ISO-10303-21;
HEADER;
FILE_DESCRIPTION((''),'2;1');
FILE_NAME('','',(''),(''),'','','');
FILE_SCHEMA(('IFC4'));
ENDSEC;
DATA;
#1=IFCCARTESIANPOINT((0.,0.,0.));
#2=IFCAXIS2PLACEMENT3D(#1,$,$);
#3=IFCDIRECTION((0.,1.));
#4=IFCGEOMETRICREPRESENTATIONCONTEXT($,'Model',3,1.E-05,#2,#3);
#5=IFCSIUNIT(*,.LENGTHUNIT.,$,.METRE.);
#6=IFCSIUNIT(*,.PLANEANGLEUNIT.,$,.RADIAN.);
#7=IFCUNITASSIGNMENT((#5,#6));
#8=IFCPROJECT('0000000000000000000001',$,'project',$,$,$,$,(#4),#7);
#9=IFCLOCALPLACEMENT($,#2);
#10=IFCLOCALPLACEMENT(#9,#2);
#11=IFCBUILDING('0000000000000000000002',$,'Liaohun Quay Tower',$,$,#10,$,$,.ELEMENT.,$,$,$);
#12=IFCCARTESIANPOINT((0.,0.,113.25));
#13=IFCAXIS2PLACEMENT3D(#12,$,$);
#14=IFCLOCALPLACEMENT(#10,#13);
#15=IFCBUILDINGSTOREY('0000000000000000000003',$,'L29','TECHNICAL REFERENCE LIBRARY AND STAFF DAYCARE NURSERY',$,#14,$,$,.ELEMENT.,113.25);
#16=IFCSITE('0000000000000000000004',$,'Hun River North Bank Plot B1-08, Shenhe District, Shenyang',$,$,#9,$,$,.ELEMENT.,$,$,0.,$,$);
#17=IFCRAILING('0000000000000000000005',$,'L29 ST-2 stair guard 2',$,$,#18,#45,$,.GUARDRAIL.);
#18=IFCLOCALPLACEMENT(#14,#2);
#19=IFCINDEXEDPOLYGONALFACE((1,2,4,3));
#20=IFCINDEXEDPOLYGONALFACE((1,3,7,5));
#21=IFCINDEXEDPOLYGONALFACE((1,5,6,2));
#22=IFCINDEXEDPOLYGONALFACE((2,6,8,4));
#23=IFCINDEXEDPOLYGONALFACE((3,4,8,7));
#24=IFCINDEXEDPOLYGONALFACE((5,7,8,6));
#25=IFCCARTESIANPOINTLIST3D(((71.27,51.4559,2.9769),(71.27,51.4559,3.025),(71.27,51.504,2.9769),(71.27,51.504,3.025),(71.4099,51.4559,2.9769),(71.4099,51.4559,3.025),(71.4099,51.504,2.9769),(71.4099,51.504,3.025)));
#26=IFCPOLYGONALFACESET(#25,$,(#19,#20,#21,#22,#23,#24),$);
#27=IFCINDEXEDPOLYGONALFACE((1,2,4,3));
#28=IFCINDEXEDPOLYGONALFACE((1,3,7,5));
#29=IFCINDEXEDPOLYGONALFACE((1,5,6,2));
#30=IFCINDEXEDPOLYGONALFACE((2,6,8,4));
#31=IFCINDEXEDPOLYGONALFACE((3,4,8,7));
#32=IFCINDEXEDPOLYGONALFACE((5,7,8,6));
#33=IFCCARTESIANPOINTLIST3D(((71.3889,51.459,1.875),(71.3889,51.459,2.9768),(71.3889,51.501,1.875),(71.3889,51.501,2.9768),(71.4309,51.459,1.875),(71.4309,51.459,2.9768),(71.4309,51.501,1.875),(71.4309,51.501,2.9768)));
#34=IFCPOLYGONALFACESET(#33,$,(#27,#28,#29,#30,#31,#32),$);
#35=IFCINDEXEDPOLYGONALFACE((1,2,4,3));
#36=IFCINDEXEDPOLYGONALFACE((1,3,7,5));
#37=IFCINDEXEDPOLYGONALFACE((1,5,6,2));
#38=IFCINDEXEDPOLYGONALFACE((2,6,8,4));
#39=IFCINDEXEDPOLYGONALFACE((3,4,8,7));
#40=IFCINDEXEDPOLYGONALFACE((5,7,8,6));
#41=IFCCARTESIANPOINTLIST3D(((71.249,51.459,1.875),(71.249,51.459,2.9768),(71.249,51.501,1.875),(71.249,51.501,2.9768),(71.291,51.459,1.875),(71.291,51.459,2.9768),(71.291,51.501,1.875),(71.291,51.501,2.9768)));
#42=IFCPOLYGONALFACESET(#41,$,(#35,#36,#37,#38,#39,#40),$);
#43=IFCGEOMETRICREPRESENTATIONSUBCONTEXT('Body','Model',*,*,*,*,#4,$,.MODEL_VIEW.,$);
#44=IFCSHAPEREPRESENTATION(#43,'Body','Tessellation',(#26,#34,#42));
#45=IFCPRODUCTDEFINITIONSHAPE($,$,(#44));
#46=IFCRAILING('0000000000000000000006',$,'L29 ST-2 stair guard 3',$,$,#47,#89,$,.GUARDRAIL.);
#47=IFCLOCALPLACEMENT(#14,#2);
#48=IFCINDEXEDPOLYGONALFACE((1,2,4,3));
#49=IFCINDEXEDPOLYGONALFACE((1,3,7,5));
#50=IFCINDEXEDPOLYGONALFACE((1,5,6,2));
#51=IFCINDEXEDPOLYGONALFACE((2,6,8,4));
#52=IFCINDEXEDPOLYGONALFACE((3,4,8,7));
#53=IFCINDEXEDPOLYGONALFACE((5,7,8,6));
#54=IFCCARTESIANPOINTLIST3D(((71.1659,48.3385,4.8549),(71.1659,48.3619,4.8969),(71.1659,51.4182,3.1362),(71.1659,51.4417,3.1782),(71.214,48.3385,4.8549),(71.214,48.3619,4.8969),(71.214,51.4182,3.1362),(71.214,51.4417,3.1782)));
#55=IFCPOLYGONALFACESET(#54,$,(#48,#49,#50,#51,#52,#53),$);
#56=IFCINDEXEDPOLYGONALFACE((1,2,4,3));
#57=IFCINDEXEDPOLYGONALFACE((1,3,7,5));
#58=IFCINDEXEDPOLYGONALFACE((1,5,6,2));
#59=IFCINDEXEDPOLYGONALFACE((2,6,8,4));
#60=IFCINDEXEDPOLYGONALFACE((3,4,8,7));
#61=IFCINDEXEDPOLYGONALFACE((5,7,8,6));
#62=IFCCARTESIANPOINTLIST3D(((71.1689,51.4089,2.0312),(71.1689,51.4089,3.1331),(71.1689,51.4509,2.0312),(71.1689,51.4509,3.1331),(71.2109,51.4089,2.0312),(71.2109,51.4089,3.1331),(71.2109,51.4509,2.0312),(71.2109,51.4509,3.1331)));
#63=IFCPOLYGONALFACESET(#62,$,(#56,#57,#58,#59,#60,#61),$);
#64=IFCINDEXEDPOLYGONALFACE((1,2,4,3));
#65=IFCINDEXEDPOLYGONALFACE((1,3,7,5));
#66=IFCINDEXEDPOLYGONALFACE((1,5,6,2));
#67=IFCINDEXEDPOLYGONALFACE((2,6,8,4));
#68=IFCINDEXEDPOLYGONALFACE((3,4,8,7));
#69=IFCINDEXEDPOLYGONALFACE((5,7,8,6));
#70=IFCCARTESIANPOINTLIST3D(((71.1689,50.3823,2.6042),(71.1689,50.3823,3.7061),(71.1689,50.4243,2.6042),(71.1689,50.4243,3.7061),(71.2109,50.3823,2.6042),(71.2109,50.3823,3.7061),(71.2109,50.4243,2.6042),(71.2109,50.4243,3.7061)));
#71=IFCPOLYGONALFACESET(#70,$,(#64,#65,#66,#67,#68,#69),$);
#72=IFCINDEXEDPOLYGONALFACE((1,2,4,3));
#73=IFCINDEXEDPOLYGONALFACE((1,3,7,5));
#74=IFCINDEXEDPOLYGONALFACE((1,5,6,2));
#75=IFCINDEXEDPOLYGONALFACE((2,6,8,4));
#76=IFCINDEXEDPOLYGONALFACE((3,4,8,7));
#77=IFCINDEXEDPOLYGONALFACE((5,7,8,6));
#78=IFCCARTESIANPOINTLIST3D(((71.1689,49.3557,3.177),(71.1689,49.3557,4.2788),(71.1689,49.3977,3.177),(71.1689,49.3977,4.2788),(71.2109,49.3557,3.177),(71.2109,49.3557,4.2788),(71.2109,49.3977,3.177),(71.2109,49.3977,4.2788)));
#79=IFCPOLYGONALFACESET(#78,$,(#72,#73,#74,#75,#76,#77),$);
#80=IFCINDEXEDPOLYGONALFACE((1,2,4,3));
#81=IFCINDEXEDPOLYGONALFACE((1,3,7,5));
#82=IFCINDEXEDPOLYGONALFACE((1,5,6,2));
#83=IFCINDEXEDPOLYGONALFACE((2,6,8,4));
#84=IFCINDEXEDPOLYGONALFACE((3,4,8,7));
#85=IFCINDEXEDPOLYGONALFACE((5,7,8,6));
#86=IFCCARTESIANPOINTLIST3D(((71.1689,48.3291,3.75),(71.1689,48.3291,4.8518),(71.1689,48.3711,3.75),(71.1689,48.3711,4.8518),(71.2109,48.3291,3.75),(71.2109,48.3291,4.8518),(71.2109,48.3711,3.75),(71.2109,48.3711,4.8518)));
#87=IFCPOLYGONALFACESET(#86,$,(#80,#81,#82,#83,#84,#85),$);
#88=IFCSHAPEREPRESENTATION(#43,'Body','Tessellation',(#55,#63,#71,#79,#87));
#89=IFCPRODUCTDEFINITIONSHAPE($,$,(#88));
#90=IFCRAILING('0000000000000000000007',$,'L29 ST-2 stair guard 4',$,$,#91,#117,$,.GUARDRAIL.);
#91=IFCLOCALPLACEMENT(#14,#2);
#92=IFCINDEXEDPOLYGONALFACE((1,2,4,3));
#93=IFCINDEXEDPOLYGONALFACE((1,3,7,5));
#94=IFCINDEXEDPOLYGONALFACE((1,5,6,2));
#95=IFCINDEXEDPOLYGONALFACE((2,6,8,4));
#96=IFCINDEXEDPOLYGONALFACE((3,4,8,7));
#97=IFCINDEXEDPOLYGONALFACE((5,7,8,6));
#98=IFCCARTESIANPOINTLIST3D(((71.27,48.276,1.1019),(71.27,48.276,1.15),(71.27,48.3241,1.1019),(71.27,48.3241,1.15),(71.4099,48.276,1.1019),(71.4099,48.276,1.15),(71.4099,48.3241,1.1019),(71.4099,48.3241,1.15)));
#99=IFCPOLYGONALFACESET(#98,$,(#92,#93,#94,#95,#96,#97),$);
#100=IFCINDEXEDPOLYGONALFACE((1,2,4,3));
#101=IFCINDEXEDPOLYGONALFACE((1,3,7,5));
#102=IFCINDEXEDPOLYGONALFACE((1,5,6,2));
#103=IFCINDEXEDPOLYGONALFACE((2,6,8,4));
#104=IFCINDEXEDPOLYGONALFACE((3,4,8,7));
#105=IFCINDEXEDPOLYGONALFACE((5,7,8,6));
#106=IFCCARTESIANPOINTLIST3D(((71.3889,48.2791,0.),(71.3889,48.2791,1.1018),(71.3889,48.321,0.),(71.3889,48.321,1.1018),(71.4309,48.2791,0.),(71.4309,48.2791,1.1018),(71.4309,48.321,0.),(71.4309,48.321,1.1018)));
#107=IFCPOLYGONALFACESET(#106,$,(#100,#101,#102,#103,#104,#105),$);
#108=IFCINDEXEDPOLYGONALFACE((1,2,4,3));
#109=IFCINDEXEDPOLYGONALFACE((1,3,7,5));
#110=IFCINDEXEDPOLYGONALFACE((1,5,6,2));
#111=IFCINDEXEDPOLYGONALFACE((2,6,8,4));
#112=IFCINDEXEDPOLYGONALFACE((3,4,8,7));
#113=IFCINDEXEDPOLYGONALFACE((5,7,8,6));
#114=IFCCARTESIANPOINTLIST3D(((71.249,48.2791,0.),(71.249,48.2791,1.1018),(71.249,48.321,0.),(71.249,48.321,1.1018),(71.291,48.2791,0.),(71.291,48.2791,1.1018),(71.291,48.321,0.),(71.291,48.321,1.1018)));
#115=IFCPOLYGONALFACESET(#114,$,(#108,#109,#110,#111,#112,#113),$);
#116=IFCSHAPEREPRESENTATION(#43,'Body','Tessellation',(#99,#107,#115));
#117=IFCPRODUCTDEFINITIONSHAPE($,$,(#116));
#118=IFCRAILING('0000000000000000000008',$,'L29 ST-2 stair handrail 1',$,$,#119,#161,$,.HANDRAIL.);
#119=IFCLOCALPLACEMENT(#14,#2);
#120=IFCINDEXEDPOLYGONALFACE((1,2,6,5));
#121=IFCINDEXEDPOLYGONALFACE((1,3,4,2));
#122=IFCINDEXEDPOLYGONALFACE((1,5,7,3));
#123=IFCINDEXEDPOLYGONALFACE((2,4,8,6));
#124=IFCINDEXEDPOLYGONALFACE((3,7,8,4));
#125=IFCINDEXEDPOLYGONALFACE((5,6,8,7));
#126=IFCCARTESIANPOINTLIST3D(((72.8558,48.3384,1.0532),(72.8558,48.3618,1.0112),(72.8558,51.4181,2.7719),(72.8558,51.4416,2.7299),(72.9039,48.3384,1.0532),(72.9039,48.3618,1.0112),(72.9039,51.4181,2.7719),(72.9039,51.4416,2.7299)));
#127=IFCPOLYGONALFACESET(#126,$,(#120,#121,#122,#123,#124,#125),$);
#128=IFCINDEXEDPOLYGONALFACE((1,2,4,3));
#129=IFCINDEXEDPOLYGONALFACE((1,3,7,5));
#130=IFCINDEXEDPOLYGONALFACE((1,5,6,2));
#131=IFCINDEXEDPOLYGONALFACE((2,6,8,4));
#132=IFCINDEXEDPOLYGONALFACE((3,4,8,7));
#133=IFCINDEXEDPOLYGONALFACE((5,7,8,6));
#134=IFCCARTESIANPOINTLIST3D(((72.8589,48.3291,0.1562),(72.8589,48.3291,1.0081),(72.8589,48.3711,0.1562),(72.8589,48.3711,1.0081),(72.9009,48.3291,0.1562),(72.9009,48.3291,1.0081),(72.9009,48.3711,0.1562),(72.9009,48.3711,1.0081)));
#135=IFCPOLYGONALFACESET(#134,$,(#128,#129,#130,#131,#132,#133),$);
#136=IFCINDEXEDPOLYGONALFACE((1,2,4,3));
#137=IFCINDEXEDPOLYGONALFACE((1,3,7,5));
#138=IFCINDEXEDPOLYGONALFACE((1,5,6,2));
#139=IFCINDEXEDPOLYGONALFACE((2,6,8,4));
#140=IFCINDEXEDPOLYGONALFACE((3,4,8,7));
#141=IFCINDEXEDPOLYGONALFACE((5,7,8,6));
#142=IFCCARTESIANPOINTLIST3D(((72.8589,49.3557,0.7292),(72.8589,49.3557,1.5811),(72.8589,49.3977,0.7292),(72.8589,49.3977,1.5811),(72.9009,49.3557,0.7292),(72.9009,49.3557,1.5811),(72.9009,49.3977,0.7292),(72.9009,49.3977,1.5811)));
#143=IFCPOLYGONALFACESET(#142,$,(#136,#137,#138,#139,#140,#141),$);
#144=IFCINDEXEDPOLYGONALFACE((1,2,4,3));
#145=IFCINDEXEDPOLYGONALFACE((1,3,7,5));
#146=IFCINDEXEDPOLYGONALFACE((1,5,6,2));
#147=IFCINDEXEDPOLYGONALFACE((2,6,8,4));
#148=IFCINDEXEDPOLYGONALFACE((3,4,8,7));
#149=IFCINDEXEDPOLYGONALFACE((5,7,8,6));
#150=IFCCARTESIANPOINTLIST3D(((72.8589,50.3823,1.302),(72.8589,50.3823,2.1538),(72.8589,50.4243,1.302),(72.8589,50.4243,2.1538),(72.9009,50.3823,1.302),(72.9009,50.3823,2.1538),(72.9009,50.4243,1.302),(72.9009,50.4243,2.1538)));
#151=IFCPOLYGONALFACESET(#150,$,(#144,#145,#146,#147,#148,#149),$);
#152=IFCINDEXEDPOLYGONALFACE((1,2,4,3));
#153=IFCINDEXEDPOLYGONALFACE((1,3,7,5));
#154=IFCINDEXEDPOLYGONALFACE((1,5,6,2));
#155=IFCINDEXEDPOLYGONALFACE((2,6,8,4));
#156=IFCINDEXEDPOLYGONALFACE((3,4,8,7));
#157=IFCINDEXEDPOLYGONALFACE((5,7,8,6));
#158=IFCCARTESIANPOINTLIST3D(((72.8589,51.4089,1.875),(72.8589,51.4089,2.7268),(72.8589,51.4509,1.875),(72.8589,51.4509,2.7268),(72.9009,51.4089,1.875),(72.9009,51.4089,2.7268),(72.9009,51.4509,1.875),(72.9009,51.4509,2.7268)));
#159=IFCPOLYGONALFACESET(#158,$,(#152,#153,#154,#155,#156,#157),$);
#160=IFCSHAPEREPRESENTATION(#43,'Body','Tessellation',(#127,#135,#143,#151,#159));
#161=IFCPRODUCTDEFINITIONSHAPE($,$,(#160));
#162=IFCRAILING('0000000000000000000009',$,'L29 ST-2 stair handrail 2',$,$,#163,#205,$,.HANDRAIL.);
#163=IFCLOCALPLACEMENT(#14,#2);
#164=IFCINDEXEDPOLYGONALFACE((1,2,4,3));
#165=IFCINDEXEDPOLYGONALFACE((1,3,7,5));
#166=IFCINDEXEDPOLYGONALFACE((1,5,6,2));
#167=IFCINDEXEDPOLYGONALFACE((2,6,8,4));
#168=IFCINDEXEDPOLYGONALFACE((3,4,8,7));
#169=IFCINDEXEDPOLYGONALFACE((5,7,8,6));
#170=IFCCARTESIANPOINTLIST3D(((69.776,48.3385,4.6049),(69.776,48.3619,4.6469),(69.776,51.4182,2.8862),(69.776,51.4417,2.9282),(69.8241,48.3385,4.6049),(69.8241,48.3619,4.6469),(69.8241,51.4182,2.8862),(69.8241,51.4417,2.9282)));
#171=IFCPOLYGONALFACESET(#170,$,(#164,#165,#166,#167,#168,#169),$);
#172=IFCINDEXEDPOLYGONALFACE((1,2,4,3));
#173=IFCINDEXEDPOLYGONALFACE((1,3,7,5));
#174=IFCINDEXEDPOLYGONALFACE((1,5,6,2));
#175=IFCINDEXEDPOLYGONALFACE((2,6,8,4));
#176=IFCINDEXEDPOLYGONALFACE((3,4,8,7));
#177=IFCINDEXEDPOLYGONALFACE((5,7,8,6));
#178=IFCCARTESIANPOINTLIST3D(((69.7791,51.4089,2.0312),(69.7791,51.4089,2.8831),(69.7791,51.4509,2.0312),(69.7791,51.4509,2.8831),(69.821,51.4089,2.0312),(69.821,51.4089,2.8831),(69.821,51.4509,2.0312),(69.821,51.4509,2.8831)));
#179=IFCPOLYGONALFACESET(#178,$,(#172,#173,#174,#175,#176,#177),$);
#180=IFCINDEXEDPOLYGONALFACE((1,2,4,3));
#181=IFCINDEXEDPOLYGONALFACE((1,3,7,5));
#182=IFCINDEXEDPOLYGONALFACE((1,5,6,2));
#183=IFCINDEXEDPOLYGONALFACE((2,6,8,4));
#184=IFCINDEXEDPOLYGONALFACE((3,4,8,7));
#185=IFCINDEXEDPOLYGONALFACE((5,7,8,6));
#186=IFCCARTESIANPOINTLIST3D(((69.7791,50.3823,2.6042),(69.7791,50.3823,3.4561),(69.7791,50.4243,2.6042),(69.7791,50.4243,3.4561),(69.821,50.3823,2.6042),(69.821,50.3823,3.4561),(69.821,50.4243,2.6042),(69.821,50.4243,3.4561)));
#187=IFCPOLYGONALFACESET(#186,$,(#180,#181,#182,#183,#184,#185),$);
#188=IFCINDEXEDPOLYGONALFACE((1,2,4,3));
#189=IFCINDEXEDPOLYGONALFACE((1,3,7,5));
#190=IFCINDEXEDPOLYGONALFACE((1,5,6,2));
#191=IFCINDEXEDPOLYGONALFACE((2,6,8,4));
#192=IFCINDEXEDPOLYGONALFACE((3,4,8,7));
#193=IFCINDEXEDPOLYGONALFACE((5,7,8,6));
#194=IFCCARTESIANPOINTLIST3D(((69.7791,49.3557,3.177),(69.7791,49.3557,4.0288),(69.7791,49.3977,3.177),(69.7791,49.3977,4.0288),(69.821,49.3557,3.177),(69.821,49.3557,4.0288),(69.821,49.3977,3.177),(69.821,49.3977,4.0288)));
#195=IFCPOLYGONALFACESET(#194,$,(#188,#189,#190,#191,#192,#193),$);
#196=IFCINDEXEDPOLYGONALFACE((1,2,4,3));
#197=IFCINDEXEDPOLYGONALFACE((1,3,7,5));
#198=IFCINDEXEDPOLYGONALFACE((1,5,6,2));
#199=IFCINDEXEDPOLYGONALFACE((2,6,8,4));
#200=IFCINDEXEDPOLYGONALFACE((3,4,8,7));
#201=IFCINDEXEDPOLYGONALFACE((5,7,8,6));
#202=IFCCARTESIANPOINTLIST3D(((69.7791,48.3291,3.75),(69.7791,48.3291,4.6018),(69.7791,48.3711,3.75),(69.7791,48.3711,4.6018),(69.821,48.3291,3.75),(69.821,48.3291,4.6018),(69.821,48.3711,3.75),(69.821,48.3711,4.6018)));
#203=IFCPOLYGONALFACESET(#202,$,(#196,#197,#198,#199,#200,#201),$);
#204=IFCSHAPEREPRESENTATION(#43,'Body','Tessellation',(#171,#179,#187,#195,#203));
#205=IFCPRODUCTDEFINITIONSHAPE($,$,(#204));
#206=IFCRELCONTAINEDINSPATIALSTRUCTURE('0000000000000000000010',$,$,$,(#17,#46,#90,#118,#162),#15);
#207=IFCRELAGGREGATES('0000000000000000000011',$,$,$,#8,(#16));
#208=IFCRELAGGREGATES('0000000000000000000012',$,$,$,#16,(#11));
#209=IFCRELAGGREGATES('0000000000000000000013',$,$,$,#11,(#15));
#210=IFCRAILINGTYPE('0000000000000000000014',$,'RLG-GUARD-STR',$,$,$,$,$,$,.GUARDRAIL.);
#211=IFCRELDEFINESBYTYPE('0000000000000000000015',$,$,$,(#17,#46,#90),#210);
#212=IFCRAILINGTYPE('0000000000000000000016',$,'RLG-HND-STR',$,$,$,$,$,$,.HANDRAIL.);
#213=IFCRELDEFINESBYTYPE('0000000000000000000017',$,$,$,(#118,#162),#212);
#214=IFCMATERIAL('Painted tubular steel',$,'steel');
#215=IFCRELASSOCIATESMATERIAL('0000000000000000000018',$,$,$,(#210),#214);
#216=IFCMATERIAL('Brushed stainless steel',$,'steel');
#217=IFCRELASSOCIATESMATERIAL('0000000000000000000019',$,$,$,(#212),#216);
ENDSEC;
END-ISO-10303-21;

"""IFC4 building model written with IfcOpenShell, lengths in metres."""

from ifc_helpers import new_model, si_unit, direction, frame, origin, origin_2d, place, context, subcontext, project, spatial, rectangle, extrude, material, type_object, element, save


model = new_model("IFC4")

# Units and contexts
model_context = context("Model", 3, precision=1e-05, world=origin(), true_north=direction((0.0, 1.0)))
body_context = subcontext(model_context, "Body", "Model", "MODEL_VIEW")
ifc_project = project(units=[si_unit("LENGTHUNIT", "METRE"), si_unit("PLANEANGLEUNIT", "RADIAN")], contexts=[model_context])

# Site, building, storey
site_placement = place(None, origin())
site = spatial("IfcSite", under=ifc_project, at=site_placement, Name="Hun River North Bank Plot B1-08, Shenhe District, Shenyang", CompositionType="ELEMENT", RefElevation=0.0)
building_placement = place(site_placement, origin())
building = spatial("IfcBuilding", under=site, at=building_placement, Name="Liaohun Quay Tower", CompositionType="ELEMENT")
storey_placement = place(building_placement, frame((0.0, 0.0, 113.25)))
storey = spatial("IfcBuildingStorey", under=building, at=storey_placement, Name="L29", Description="TECHNICAL REFERENCE LIBRARY AND STAFF DAYCARE NURSERY", CompositionType="ELEMENT", Elevation=113.25)

# Railings
ifc_material_1 = material(Name="Painted tubular steel", Category="steel")
railing_type_1 = type_object("IfcRailingType", Name="RLG-GUARD-STR", PredefinedType="GUARDRAIL", material=ifc_material_1)
railing_1_placement = place(storey_placement, frame((71.4099, 51.48, 1.875)))
element("IfcRailing", 1, at=railing_1_placement, inside=storey, type_object=railing_type_1, Name="L29 ST-2 stair guard 2", PredefinedType="GUARDRAIL", context=body_context, shape_type="SweptSolid", body=[
    extrude(rectangle(XDim=0.0481, YDim=0.0481, at=origin_2d()), frame((0.0, 0.0, 1.126), z_axis=(-1.0, 0.0, 0.0), x_axis=(0.0, -1.0, 0.0)), (0.0, 0.0, 1.0), 0.1399),
    extrude(rectangle(XDim=0.042, YDim=0.042, at=origin_2d()), origin(), (0.0, 0.0, 1.0), 1.1018),
    extrude(rectangle(XDim=0.042, YDim=0.042, at=origin_2d()), frame((-0.1399, 0.0, 0.0)), (0.0, 0.0, 1.0), 1.1018),
])
railing_2_placement = place(storey_placement, frame((71.1899, 51.4299, 2.0312)))
element("IfcRailing", 2, at=railing_2_placement, inside=storey, type_object=railing_type_1, Name="L29 ST-2 stair guard 3", PredefinedType="GUARDRAIL", context=body_context, shape_type="SweptSolid", body=[
    extrude(rectangle(XDim=0.0481, YDim=0.0481, at=origin_2d()), frame((0.0, 0.0, 1.126), z_axis=(0.0, -0.873225, 0.487317), x_axis=(1.0, 0.0, 0.0)), (0.0, 0.0, 1.0), 3.5269),
    extrude(rectangle(XDim=0.042, YDim=0.042, at=origin_2d()), origin(), (0.0, 0.0, 1.0), 1.1018),
    extrude(rectangle(XDim=0.042, YDim=0.042, at=origin_2d()), frame((0.0, -1.0266, 0.573)), (0.0, 0.0, 1.0), 1.1018),
    extrude(rectangle(XDim=0.042, YDim=0.042, at=origin_2d()), frame((0.0, -2.0532, 1.1458)), (0.0, 0.0, 1.0), 1.1018),
    extrude(rectangle(XDim=0.042, YDim=0.042, at=origin_2d()), frame((0.0, -3.0798, 1.7188)), (0.0, 0.0, 1.0), 1.1018),
])
railing_3_placement = place(storey_placement, frame((71.4099, 48.3, 0.0)))
element("IfcRailing", 3, at=railing_3_placement, inside=storey, type_object=railing_type_1, Name="L29 ST-2 stair guard 4", PredefinedType="GUARDRAIL", context=body_context, shape_type="SweptSolid", body=[
    extrude(rectangle(XDim=0.0481, YDim=0.0481, at=origin_2d()), frame((0.0, 0.0, 1.126), z_axis=(-1.0, 0.0, 0.0), x_axis=(0.0, -1.0, 0.0)), (0.0, 0.0, 1.0), 0.1399),
    extrude(rectangle(XDim=0.042, YDim=0.042, at=origin_2d()), origin(), (0.0, 0.0, 1.0), 1.1018),
    extrude(rectangle(XDim=0.042, YDim=0.042, at=origin_2d()), frame((-0.1399, 0.0, 0.0)), (0.0, 0.0, 1.0), 1.1018),
])
ifc_material_2 = material(Name="Brushed stainless steel", Category="steel")
railing_type_2 = type_object("IfcRailingType", Name="RLG-HND-STR", PredefinedType="HANDRAIL", material=ifc_material_2)
railing_4_placement = place(storey_placement, frame((72.8799, 48.3501, 0.1562)))
element("IfcRailing", 4, at=railing_4_placement, inside=storey, type_object=railing_type_2, Name="L29 ST-2 stair handrail 1", PredefinedType="HANDRAIL", context=body_context, shape_type="SweptSolid", body=[
    extrude(rectangle(XDim=0.0481, YDim=0.0481, at=origin_2d()), frame((0.0, 0.0, 0.876), z_axis=(0.0, 0.873225, 0.487317), x_axis=(-1.0, 0.0, 0.0)), (0.0, 0.0, 1.0), 3.5269),
    extrude(rectangle(XDim=0.042, YDim=0.042, at=origin_2d()), origin(), (0.0, 0.0, 1.0), 0.8518),
    extrude(rectangle(XDim=0.042, YDim=0.042, at=origin_2d()), frame((0.0, 1.0266, 0.573)), (0.0, 0.0, 1.0), 0.8518),
    extrude(rectangle(XDim=0.042, YDim=0.042, at=origin_2d()), frame((0.0, 2.0532, 1.1458)), (0.0, 0.0, 1.0), 0.8518),
    extrude(rectangle(XDim=0.042, YDim=0.042, at=origin_2d()), frame((0.0, 3.0798, 1.7188)), (0.0, 0.0, 1.0), 0.8518),
])
railing_5_placement = place(storey_placement, frame((69.8, 51.4299, 2.0312)))
element("IfcRailing", 5, at=railing_5_placement, inside=storey, type_object=railing_type_2, Name="L29 ST-2 stair handrail 2", PredefinedType="HANDRAIL", context=body_context, shape_type="SweptSolid", body=[
    extrude(rectangle(XDim=0.0481, YDim=0.0481, at=origin_2d()), frame((0.0, 0.0, 0.876), z_axis=(0.0, -0.873225, 0.487317), x_axis=(1.0, 0.0, 0.0)), (0.0, 0.0, 1.0), 3.5269),
    extrude(rectangle(XDim=0.042, YDim=0.042, at=origin_2d()), origin(), (0.0, 0.0, 1.0), 0.8518),
    extrude(rectangle(XDim=0.042, YDim=0.042, at=origin_2d()), frame((0.0, -1.0266, 0.573)), (0.0, 0.0, 1.0), 0.8518),
    extrude(rectangle(XDim=0.042, YDim=0.042, at=origin_2d()), frame((0.0, -2.0532, 1.1458)), (0.0, 0.0, 1.0), 0.8518),
    extrude(rectangle(XDim=0.042, YDim=0.042, at=origin_2d()), frame((0.0, -3.0798, 1.7188)), (0.0, 0.0, 1.0), 0.8518),
])

save(model, "model.ifc")
